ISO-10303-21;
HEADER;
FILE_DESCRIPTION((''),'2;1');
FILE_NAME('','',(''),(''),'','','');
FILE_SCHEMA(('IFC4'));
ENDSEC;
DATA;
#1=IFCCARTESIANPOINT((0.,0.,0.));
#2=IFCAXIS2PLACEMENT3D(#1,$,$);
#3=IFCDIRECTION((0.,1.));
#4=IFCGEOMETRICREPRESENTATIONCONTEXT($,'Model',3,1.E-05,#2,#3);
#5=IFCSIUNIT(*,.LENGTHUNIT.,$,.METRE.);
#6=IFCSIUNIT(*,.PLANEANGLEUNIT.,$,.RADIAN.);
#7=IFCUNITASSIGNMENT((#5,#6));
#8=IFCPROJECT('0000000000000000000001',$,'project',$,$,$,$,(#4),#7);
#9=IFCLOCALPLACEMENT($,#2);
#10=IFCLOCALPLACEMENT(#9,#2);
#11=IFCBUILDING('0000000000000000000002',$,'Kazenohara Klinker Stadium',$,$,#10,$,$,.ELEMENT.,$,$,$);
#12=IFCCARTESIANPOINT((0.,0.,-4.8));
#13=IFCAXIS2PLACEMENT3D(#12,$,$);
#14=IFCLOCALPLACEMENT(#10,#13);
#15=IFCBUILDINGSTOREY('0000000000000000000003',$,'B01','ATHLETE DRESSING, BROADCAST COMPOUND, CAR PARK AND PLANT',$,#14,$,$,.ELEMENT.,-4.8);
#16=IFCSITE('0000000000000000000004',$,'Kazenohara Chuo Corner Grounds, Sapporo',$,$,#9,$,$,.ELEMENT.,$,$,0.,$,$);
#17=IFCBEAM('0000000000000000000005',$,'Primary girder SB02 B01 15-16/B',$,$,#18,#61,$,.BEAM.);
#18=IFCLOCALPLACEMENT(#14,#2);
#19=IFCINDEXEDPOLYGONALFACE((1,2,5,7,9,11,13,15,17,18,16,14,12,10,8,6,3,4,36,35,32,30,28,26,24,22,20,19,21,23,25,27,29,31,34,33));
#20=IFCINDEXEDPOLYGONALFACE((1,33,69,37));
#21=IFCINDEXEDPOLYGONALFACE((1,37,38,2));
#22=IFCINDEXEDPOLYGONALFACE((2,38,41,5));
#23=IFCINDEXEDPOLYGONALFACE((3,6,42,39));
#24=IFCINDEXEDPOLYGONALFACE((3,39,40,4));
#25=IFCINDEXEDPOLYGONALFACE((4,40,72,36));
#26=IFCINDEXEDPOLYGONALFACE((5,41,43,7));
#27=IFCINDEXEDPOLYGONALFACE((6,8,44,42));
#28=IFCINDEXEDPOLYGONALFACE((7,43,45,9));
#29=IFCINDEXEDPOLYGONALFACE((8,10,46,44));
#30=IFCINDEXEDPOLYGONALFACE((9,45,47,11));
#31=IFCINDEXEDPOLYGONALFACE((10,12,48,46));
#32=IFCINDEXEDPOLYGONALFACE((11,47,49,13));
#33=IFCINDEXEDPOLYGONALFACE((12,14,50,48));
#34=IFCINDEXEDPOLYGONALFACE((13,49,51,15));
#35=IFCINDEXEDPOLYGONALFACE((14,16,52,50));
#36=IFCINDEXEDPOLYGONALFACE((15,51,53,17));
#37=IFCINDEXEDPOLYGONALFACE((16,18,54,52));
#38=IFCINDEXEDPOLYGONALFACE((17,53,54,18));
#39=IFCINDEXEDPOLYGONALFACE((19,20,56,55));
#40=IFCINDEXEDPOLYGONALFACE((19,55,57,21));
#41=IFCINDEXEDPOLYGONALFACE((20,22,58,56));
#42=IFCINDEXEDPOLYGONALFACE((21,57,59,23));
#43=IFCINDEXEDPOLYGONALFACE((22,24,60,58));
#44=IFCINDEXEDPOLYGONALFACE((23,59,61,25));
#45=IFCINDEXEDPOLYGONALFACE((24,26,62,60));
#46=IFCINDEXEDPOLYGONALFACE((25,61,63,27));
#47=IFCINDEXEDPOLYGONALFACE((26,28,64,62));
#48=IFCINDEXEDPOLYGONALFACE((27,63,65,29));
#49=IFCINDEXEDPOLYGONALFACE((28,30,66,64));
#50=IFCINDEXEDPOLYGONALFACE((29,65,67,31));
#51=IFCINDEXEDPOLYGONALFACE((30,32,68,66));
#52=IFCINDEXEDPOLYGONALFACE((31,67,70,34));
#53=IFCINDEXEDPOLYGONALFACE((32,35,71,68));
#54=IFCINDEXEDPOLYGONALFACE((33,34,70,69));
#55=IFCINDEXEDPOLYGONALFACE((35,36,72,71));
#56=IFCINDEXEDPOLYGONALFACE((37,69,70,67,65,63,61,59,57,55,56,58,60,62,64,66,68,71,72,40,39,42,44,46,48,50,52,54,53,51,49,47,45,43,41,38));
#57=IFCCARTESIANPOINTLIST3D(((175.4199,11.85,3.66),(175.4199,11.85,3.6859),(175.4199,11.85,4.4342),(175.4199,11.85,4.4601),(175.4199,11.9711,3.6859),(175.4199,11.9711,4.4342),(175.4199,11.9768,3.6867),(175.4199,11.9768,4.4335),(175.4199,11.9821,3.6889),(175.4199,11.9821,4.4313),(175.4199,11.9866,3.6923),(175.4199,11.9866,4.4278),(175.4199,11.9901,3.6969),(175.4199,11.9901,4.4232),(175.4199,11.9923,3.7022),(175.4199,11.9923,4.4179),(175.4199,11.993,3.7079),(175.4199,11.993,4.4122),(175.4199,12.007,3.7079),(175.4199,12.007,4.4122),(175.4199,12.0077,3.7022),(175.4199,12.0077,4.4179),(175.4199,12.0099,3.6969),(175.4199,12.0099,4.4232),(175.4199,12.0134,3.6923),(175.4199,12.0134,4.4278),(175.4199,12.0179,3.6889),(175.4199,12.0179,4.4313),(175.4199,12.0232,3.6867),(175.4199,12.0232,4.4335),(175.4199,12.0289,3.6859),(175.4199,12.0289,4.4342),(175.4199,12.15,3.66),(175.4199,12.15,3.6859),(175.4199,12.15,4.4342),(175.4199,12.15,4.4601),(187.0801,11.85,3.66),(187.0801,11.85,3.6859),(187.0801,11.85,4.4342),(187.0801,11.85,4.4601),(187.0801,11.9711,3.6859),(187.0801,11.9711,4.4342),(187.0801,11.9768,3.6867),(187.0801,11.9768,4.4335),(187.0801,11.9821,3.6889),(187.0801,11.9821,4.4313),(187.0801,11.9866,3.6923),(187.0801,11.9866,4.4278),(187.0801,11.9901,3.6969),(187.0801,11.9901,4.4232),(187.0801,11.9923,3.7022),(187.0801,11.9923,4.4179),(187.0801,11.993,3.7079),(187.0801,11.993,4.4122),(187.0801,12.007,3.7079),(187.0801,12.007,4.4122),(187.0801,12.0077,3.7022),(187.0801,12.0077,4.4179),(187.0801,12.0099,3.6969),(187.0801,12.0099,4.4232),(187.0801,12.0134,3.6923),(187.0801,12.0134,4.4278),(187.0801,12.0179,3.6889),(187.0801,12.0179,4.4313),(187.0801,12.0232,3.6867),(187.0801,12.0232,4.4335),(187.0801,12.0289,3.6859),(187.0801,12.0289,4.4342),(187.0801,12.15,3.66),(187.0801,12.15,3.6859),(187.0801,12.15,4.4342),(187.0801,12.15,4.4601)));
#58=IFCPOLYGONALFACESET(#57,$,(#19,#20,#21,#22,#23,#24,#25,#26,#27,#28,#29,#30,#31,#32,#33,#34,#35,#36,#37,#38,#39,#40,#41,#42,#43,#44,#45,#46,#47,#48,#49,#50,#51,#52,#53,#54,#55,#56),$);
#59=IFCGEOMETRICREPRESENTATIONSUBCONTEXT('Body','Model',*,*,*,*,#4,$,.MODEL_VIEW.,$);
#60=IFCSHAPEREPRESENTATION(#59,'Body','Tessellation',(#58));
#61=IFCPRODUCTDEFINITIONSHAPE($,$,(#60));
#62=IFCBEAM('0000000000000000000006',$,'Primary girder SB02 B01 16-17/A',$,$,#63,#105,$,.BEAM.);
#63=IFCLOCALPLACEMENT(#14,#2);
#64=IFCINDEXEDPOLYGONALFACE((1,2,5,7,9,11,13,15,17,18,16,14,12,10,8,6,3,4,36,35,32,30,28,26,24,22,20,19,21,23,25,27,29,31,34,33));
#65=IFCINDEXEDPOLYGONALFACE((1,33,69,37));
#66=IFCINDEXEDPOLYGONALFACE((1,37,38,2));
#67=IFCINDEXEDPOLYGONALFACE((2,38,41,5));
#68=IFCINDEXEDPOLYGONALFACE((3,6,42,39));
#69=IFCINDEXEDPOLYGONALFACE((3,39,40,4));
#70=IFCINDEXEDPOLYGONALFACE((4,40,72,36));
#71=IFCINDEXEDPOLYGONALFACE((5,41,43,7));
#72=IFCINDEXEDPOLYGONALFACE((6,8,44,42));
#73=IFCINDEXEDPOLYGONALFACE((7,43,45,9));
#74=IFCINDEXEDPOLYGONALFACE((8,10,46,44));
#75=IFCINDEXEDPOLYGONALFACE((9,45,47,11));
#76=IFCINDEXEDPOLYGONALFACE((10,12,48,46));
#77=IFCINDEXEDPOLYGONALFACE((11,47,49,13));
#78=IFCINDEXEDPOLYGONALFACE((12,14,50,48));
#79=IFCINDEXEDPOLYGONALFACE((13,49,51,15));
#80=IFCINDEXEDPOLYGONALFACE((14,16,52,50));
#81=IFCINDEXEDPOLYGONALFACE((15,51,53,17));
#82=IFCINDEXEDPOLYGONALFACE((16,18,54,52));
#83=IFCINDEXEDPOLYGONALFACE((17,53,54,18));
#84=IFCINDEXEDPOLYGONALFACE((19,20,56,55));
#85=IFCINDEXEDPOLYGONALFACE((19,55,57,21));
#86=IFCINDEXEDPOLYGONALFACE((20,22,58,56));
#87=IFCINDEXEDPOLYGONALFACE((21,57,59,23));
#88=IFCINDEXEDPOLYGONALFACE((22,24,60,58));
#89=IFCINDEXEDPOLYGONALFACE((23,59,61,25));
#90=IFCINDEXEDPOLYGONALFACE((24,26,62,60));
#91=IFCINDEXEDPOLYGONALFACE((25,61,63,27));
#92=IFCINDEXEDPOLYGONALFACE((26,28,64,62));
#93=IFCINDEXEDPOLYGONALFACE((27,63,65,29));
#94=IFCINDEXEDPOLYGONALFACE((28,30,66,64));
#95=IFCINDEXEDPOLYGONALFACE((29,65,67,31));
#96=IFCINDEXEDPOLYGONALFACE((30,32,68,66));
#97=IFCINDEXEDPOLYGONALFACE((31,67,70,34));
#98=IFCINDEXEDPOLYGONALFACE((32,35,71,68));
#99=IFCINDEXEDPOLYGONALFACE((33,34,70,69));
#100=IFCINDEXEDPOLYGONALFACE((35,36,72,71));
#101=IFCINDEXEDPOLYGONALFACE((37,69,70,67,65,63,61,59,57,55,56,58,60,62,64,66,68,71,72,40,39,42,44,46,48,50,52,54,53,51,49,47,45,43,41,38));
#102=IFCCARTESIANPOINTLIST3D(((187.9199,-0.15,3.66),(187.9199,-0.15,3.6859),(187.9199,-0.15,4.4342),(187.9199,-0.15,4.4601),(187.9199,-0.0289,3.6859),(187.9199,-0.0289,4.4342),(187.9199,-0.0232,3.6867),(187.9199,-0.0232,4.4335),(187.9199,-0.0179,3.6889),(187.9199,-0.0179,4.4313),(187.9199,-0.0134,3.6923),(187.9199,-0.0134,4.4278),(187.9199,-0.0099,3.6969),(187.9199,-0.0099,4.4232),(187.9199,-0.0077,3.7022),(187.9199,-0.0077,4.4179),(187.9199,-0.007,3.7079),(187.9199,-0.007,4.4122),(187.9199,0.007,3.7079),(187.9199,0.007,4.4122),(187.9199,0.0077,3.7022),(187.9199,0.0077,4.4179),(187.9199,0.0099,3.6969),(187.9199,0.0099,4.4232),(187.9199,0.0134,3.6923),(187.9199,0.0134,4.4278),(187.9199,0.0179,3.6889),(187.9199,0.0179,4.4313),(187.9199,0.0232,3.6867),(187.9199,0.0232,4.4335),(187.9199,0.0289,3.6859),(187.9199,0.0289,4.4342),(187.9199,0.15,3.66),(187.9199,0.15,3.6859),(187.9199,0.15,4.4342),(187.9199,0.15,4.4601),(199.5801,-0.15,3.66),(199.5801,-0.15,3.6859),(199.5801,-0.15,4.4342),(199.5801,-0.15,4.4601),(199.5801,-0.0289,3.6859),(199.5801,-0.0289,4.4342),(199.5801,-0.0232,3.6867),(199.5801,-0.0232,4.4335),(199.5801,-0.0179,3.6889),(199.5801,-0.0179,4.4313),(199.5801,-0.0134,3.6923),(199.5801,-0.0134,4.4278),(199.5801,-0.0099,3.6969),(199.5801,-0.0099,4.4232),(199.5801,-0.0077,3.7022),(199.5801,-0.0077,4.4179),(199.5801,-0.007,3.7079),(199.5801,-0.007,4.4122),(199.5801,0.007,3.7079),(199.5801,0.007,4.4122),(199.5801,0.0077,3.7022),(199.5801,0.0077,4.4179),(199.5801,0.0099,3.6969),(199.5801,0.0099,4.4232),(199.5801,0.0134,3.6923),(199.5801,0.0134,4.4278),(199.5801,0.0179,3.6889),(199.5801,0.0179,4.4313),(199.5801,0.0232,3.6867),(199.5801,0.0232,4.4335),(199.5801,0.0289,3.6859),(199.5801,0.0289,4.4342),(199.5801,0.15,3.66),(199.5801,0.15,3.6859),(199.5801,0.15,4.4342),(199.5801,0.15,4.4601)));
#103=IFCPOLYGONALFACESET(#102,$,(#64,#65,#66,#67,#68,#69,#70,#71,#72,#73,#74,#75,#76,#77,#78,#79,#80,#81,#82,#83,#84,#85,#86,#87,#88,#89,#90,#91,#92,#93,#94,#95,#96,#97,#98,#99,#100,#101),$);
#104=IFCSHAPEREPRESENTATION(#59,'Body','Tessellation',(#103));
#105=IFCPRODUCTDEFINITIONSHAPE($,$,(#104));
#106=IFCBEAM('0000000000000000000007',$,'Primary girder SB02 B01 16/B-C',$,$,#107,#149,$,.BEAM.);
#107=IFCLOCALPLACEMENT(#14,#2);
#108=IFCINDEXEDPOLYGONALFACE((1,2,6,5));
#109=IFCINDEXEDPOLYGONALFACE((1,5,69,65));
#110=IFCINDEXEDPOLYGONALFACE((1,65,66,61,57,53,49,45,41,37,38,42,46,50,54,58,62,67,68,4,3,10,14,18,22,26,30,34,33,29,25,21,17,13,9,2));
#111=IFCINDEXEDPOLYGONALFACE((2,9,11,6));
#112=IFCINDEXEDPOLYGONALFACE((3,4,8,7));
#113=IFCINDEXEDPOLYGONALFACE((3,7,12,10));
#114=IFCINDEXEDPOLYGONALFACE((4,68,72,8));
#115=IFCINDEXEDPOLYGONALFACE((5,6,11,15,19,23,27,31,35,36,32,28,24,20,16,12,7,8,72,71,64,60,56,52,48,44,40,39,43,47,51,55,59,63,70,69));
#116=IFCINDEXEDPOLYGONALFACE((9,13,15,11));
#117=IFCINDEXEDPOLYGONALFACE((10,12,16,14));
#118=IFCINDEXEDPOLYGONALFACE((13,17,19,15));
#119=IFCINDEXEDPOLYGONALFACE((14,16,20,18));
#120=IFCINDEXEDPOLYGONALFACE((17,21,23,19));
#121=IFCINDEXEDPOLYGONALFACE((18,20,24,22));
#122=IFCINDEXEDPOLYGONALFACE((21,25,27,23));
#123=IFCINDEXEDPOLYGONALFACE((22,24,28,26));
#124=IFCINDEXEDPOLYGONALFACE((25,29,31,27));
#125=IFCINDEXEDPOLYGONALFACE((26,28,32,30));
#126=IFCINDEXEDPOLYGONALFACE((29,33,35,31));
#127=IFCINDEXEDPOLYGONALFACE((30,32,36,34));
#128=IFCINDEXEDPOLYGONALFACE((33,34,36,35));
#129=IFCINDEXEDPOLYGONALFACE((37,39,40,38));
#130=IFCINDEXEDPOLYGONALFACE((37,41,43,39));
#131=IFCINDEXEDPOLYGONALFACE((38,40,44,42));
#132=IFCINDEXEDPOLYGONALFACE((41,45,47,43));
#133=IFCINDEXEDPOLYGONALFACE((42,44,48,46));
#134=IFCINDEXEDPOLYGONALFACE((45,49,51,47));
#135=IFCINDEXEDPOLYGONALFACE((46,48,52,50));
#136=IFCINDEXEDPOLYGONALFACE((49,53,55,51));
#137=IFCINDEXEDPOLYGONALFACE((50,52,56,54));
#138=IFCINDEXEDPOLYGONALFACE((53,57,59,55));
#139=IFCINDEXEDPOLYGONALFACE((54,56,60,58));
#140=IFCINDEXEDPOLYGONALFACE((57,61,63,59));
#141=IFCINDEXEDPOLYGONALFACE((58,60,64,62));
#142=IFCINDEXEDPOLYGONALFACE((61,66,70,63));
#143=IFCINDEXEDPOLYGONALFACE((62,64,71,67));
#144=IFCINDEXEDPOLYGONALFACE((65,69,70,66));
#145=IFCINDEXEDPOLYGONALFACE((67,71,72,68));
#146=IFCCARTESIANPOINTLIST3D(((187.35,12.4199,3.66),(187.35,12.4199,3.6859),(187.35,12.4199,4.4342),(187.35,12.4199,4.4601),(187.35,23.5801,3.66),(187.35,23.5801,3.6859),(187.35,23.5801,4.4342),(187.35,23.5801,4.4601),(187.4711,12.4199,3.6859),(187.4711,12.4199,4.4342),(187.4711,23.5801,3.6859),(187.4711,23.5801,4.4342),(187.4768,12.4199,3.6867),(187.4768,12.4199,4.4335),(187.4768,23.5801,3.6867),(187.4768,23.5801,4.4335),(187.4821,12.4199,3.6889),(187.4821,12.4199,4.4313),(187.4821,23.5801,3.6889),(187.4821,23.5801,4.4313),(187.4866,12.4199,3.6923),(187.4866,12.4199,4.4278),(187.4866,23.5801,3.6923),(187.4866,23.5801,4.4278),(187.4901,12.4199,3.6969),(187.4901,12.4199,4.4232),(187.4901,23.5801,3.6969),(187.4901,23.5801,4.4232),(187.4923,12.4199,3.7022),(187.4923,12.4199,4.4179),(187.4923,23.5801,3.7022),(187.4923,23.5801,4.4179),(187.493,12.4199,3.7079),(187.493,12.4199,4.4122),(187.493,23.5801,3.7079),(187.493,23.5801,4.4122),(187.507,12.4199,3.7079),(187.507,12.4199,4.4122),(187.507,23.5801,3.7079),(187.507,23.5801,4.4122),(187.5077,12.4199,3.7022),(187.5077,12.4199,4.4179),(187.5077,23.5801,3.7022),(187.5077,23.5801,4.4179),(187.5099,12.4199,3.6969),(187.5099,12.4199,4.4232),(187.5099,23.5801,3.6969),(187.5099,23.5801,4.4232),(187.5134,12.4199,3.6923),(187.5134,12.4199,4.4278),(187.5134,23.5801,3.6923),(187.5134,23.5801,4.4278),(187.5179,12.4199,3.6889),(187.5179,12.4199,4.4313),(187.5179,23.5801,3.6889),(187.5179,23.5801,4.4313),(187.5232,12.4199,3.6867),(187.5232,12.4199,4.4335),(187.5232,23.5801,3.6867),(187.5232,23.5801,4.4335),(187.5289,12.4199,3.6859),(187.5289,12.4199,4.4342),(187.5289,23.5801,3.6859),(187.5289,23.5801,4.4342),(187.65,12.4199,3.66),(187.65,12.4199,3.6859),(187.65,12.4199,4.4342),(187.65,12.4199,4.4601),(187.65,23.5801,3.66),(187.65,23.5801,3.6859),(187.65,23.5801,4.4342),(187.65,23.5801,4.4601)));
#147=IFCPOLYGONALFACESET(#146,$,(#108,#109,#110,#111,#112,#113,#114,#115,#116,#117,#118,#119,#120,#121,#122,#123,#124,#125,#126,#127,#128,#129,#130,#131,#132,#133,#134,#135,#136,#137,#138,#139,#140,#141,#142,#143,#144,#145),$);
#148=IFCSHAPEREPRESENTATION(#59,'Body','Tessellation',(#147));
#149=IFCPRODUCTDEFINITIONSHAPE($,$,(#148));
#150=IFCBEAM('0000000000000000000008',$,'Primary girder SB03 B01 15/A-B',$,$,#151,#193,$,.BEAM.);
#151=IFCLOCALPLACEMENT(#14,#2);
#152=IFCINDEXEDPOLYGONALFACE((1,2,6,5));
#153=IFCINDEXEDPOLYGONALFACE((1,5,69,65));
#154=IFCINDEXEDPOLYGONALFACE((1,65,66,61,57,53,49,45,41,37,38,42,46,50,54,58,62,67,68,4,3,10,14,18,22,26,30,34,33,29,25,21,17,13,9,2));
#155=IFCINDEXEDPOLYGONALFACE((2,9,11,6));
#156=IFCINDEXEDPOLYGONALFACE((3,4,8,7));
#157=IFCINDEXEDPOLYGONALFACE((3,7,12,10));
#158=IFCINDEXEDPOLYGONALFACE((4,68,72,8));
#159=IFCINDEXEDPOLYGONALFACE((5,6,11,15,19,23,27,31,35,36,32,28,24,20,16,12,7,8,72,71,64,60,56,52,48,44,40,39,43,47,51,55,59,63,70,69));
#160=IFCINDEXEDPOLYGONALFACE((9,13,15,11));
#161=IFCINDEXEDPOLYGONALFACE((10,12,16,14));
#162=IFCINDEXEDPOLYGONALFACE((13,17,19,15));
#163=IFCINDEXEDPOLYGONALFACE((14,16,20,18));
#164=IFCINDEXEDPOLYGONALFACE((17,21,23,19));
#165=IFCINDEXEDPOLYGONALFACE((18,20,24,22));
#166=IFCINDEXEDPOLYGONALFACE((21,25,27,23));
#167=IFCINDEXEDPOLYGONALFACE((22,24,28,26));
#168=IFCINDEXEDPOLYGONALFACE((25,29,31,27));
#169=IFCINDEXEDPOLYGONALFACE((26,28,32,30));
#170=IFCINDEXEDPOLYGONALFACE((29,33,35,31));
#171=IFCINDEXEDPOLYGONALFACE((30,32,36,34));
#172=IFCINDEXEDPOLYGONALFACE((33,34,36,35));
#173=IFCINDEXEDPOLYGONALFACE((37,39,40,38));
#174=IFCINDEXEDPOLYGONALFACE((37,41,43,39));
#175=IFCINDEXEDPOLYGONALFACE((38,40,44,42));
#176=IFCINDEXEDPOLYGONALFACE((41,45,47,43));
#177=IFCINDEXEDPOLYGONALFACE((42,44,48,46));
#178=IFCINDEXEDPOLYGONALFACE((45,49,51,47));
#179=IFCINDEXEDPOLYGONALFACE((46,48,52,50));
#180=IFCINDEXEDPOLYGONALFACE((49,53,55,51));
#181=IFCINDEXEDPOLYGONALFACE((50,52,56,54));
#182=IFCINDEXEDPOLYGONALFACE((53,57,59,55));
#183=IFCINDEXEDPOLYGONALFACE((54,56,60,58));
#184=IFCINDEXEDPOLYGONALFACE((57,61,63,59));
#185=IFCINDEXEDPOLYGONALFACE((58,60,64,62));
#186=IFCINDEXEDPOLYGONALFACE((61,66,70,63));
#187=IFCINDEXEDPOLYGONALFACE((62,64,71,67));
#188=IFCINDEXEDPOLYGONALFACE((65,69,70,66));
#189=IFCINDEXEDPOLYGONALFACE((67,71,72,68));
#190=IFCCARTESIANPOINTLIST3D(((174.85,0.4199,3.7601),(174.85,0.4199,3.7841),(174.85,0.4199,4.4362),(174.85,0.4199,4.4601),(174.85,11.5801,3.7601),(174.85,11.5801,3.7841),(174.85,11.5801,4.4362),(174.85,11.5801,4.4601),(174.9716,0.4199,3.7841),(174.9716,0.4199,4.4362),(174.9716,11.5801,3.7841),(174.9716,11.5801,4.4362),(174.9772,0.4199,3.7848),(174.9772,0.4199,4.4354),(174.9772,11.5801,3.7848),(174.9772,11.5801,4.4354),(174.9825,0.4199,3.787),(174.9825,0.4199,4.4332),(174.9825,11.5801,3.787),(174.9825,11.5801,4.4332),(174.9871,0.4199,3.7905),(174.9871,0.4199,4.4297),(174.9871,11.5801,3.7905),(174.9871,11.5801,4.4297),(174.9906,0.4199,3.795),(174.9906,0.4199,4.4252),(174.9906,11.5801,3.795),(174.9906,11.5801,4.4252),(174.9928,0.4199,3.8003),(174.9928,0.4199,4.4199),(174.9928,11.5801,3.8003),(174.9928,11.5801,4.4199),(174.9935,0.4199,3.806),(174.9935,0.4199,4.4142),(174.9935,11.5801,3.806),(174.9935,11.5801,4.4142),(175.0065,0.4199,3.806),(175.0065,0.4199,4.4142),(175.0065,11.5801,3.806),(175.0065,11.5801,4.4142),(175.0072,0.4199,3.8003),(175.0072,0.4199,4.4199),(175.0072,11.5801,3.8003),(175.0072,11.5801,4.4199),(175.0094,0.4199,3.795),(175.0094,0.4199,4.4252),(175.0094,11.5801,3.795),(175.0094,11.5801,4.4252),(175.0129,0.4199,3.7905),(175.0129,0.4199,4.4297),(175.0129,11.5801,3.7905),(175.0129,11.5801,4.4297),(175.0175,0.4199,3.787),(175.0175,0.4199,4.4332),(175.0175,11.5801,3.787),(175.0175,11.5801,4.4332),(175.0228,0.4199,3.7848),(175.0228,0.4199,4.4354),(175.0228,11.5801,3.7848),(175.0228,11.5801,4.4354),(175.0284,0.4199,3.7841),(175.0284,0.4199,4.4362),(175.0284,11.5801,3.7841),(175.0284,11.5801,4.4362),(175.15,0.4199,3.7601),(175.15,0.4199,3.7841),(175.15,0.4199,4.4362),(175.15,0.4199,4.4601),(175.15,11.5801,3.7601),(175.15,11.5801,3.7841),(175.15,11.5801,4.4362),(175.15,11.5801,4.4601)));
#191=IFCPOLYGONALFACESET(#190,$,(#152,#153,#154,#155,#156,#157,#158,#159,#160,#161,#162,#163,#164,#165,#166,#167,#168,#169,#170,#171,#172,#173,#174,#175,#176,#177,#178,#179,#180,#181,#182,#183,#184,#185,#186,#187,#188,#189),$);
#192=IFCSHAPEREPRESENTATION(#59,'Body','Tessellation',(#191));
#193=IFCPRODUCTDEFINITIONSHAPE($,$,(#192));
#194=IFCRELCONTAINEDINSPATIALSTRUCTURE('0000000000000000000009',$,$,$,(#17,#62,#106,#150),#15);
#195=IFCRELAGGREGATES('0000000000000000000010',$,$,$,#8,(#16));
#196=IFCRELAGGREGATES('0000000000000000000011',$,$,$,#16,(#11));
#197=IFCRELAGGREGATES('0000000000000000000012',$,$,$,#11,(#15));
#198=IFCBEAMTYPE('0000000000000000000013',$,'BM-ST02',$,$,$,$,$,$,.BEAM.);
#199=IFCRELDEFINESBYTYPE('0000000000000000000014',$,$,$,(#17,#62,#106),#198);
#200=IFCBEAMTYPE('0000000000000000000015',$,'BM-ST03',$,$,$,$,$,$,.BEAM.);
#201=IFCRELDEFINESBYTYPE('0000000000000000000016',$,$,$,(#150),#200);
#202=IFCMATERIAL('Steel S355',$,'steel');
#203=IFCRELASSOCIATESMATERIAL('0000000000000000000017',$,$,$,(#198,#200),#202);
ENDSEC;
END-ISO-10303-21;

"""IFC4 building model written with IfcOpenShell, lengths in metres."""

from ifc_helpers import new_model, si_unit, direction, frame, origin, origin_2d, place, context, subcontext, project, spatial, i_section, extrude, material, material_profile, profile_set, type_object, element, save


model = new_model("IFC4")

# Units and contexts
model_context = context("Model", 3, precision=1e-05, world=origin(), true_north=direction((0.0, 1.0)))
body_context = subcontext(model_context, "Body", "Model", "MODEL_VIEW")
ifc_project = project(units=[si_unit("LENGTHUNIT", "METRE"), si_unit("PLANEANGLEUNIT", "RADIAN")], contexts=[model_context])

# Site, building, storey
site_placement = place(None, origin())
site = spatial("IfcSite", under=ifc_project, at=site_placement, Name="Kazenohara Chuo Corner Grounds, Sapporo", CompositionType="ELEMENT", RefElevation=0.0)
building_placement = place(site_placement, origin())
building = spatial("IfcBuilding", under=site, at=building_placement, Name="Kazenohara Klinker Stadium", CompositionType="ELEMENT")
storey_placement = place(building_placement, frame((0.0, 0.0, -4.8)))
storey = spatial("IfcBuildingStorey", under=building, at=storey_placement, Name="B01", Description="ATHLETE DRESSING, BROADCAST COMPOUND, CAR PARK AND PLANT", CompositionType="ELEMENT", Elevation=-4.8)

# Beams
ifc_material_1 = material(Name="Steel S355", Category="steel")
ifc_material_profile_1 = material_profile(ifc_material_1, i_section(OverallWidth=0.3, OverallDepth=0.8, WebThickness=0.0139, FlangeThickness=0.0259, FilletRadius=0.022, at=origin_2d()), Name="H-800x300x14x26")
ifc_profile_set_1 = profile_set([ifc_material_profile_1], Name="Steel S355")
beam_type_1 = type_object("IfcBeamType", Name="BM-ST02", PredefinedType="BEAM", material=ifc_profile_set_1)
for number, where, z_axis, x_axis, name in (
    (1, (175.4199, 12.0, 4.0601), (1.0, 0.0, 0.0), (0.0, 1.0, 0.0), "Primary girder SB02 B01 15-16/B"),
    (2, (187.9199, 0.0, 4.0601), (1.0, 0.0, 0.0), (0.0, 1.0, 0.0), "Primary girder SB02 B01 16-17/A"),
):
    element("IfcBeam", number, at=place(storey_placement, frame(where, z_axis=z_axis, x_axis=x_axis)), inside=storey, type_object=beam_type_1, Name=name, PredefinedType="BEAM", context=body_context, shape_type="SweptSolid", body=[
        extrude(i_section(OverallWidth=0.3, OverallDepth=0.8, WebThickness=0.0139, FlangeThickness=0.0259, FilletRadius=0.022, at=origin_2d()), origin(), (0.0, 0.0, 1.0), 11.6602),
    ])
beam_1_placement = place(storey_placement, frame((187.5, 12.4199, 4.0601), z_axis=(0.0, 1.0, 0.0), x_axis=(-1.0, 0.0, 0.0)))
element("IfcBeam", 3, at=beam_1_placement, inside=storey, type_object=beam_type_1, Name="Primary girder SB02 B01 16/B-C", PredefinedType="BEAM", context=body_context, shape_type="SweptSolid", body=[
    extrude(i_section(OverallWidth=0.3, OverallDepth=0.8, WebThickness=0.0139, FlangeThickness=0.0259, FilletRadius=0.022, at=origin_2d()), origin(), (0.0, 0.0, 1.0), 11.1602),
])
ifc_material_profile_2 = material_profile(ifc_material_1, i_section(OverallWidth=0.3, OverallDepth=0.7, WebThickness=0.0129, FlangeThickness=0.0239, FilletRadius=0.022, at=origin_2d()), Name="H-700x300x13x24")
ifc_profile_set_2 = profile_set([ifc_material_profile_2], Name="Steel S355")
beam_type_2 = type_object("IfcBeamType", Name="BM-ST03", PredefinedType="BEAM", material=ifc_profile_set_2)
beam_2_placement = place(storey_placement, frame((175.0, 0.4199, 4.1101), z_axis=(0.0, 1.0, 0.0), x_axis=(-1.0, 0.0, 0.0)))
element("IfcBeam", 4, at=beam_2_placement, inside=storey, type_object=beam_type_2, Name="Primary girder SB03 B01 15/A-B", PredefinedType="BEAM", context=body_context, shape_type="SweptSolid", body=[
    extrude(i_section(OverallWidth=0.3, OverallDepth=0.7, WebThickness=0.0129, FlangeThickness=0.0239, FilletRadius=0.022, at=origin_2d()), origin(), (0.0, 0.0, 1.0), 11.1602),
])

save(model, "model.ifc")
